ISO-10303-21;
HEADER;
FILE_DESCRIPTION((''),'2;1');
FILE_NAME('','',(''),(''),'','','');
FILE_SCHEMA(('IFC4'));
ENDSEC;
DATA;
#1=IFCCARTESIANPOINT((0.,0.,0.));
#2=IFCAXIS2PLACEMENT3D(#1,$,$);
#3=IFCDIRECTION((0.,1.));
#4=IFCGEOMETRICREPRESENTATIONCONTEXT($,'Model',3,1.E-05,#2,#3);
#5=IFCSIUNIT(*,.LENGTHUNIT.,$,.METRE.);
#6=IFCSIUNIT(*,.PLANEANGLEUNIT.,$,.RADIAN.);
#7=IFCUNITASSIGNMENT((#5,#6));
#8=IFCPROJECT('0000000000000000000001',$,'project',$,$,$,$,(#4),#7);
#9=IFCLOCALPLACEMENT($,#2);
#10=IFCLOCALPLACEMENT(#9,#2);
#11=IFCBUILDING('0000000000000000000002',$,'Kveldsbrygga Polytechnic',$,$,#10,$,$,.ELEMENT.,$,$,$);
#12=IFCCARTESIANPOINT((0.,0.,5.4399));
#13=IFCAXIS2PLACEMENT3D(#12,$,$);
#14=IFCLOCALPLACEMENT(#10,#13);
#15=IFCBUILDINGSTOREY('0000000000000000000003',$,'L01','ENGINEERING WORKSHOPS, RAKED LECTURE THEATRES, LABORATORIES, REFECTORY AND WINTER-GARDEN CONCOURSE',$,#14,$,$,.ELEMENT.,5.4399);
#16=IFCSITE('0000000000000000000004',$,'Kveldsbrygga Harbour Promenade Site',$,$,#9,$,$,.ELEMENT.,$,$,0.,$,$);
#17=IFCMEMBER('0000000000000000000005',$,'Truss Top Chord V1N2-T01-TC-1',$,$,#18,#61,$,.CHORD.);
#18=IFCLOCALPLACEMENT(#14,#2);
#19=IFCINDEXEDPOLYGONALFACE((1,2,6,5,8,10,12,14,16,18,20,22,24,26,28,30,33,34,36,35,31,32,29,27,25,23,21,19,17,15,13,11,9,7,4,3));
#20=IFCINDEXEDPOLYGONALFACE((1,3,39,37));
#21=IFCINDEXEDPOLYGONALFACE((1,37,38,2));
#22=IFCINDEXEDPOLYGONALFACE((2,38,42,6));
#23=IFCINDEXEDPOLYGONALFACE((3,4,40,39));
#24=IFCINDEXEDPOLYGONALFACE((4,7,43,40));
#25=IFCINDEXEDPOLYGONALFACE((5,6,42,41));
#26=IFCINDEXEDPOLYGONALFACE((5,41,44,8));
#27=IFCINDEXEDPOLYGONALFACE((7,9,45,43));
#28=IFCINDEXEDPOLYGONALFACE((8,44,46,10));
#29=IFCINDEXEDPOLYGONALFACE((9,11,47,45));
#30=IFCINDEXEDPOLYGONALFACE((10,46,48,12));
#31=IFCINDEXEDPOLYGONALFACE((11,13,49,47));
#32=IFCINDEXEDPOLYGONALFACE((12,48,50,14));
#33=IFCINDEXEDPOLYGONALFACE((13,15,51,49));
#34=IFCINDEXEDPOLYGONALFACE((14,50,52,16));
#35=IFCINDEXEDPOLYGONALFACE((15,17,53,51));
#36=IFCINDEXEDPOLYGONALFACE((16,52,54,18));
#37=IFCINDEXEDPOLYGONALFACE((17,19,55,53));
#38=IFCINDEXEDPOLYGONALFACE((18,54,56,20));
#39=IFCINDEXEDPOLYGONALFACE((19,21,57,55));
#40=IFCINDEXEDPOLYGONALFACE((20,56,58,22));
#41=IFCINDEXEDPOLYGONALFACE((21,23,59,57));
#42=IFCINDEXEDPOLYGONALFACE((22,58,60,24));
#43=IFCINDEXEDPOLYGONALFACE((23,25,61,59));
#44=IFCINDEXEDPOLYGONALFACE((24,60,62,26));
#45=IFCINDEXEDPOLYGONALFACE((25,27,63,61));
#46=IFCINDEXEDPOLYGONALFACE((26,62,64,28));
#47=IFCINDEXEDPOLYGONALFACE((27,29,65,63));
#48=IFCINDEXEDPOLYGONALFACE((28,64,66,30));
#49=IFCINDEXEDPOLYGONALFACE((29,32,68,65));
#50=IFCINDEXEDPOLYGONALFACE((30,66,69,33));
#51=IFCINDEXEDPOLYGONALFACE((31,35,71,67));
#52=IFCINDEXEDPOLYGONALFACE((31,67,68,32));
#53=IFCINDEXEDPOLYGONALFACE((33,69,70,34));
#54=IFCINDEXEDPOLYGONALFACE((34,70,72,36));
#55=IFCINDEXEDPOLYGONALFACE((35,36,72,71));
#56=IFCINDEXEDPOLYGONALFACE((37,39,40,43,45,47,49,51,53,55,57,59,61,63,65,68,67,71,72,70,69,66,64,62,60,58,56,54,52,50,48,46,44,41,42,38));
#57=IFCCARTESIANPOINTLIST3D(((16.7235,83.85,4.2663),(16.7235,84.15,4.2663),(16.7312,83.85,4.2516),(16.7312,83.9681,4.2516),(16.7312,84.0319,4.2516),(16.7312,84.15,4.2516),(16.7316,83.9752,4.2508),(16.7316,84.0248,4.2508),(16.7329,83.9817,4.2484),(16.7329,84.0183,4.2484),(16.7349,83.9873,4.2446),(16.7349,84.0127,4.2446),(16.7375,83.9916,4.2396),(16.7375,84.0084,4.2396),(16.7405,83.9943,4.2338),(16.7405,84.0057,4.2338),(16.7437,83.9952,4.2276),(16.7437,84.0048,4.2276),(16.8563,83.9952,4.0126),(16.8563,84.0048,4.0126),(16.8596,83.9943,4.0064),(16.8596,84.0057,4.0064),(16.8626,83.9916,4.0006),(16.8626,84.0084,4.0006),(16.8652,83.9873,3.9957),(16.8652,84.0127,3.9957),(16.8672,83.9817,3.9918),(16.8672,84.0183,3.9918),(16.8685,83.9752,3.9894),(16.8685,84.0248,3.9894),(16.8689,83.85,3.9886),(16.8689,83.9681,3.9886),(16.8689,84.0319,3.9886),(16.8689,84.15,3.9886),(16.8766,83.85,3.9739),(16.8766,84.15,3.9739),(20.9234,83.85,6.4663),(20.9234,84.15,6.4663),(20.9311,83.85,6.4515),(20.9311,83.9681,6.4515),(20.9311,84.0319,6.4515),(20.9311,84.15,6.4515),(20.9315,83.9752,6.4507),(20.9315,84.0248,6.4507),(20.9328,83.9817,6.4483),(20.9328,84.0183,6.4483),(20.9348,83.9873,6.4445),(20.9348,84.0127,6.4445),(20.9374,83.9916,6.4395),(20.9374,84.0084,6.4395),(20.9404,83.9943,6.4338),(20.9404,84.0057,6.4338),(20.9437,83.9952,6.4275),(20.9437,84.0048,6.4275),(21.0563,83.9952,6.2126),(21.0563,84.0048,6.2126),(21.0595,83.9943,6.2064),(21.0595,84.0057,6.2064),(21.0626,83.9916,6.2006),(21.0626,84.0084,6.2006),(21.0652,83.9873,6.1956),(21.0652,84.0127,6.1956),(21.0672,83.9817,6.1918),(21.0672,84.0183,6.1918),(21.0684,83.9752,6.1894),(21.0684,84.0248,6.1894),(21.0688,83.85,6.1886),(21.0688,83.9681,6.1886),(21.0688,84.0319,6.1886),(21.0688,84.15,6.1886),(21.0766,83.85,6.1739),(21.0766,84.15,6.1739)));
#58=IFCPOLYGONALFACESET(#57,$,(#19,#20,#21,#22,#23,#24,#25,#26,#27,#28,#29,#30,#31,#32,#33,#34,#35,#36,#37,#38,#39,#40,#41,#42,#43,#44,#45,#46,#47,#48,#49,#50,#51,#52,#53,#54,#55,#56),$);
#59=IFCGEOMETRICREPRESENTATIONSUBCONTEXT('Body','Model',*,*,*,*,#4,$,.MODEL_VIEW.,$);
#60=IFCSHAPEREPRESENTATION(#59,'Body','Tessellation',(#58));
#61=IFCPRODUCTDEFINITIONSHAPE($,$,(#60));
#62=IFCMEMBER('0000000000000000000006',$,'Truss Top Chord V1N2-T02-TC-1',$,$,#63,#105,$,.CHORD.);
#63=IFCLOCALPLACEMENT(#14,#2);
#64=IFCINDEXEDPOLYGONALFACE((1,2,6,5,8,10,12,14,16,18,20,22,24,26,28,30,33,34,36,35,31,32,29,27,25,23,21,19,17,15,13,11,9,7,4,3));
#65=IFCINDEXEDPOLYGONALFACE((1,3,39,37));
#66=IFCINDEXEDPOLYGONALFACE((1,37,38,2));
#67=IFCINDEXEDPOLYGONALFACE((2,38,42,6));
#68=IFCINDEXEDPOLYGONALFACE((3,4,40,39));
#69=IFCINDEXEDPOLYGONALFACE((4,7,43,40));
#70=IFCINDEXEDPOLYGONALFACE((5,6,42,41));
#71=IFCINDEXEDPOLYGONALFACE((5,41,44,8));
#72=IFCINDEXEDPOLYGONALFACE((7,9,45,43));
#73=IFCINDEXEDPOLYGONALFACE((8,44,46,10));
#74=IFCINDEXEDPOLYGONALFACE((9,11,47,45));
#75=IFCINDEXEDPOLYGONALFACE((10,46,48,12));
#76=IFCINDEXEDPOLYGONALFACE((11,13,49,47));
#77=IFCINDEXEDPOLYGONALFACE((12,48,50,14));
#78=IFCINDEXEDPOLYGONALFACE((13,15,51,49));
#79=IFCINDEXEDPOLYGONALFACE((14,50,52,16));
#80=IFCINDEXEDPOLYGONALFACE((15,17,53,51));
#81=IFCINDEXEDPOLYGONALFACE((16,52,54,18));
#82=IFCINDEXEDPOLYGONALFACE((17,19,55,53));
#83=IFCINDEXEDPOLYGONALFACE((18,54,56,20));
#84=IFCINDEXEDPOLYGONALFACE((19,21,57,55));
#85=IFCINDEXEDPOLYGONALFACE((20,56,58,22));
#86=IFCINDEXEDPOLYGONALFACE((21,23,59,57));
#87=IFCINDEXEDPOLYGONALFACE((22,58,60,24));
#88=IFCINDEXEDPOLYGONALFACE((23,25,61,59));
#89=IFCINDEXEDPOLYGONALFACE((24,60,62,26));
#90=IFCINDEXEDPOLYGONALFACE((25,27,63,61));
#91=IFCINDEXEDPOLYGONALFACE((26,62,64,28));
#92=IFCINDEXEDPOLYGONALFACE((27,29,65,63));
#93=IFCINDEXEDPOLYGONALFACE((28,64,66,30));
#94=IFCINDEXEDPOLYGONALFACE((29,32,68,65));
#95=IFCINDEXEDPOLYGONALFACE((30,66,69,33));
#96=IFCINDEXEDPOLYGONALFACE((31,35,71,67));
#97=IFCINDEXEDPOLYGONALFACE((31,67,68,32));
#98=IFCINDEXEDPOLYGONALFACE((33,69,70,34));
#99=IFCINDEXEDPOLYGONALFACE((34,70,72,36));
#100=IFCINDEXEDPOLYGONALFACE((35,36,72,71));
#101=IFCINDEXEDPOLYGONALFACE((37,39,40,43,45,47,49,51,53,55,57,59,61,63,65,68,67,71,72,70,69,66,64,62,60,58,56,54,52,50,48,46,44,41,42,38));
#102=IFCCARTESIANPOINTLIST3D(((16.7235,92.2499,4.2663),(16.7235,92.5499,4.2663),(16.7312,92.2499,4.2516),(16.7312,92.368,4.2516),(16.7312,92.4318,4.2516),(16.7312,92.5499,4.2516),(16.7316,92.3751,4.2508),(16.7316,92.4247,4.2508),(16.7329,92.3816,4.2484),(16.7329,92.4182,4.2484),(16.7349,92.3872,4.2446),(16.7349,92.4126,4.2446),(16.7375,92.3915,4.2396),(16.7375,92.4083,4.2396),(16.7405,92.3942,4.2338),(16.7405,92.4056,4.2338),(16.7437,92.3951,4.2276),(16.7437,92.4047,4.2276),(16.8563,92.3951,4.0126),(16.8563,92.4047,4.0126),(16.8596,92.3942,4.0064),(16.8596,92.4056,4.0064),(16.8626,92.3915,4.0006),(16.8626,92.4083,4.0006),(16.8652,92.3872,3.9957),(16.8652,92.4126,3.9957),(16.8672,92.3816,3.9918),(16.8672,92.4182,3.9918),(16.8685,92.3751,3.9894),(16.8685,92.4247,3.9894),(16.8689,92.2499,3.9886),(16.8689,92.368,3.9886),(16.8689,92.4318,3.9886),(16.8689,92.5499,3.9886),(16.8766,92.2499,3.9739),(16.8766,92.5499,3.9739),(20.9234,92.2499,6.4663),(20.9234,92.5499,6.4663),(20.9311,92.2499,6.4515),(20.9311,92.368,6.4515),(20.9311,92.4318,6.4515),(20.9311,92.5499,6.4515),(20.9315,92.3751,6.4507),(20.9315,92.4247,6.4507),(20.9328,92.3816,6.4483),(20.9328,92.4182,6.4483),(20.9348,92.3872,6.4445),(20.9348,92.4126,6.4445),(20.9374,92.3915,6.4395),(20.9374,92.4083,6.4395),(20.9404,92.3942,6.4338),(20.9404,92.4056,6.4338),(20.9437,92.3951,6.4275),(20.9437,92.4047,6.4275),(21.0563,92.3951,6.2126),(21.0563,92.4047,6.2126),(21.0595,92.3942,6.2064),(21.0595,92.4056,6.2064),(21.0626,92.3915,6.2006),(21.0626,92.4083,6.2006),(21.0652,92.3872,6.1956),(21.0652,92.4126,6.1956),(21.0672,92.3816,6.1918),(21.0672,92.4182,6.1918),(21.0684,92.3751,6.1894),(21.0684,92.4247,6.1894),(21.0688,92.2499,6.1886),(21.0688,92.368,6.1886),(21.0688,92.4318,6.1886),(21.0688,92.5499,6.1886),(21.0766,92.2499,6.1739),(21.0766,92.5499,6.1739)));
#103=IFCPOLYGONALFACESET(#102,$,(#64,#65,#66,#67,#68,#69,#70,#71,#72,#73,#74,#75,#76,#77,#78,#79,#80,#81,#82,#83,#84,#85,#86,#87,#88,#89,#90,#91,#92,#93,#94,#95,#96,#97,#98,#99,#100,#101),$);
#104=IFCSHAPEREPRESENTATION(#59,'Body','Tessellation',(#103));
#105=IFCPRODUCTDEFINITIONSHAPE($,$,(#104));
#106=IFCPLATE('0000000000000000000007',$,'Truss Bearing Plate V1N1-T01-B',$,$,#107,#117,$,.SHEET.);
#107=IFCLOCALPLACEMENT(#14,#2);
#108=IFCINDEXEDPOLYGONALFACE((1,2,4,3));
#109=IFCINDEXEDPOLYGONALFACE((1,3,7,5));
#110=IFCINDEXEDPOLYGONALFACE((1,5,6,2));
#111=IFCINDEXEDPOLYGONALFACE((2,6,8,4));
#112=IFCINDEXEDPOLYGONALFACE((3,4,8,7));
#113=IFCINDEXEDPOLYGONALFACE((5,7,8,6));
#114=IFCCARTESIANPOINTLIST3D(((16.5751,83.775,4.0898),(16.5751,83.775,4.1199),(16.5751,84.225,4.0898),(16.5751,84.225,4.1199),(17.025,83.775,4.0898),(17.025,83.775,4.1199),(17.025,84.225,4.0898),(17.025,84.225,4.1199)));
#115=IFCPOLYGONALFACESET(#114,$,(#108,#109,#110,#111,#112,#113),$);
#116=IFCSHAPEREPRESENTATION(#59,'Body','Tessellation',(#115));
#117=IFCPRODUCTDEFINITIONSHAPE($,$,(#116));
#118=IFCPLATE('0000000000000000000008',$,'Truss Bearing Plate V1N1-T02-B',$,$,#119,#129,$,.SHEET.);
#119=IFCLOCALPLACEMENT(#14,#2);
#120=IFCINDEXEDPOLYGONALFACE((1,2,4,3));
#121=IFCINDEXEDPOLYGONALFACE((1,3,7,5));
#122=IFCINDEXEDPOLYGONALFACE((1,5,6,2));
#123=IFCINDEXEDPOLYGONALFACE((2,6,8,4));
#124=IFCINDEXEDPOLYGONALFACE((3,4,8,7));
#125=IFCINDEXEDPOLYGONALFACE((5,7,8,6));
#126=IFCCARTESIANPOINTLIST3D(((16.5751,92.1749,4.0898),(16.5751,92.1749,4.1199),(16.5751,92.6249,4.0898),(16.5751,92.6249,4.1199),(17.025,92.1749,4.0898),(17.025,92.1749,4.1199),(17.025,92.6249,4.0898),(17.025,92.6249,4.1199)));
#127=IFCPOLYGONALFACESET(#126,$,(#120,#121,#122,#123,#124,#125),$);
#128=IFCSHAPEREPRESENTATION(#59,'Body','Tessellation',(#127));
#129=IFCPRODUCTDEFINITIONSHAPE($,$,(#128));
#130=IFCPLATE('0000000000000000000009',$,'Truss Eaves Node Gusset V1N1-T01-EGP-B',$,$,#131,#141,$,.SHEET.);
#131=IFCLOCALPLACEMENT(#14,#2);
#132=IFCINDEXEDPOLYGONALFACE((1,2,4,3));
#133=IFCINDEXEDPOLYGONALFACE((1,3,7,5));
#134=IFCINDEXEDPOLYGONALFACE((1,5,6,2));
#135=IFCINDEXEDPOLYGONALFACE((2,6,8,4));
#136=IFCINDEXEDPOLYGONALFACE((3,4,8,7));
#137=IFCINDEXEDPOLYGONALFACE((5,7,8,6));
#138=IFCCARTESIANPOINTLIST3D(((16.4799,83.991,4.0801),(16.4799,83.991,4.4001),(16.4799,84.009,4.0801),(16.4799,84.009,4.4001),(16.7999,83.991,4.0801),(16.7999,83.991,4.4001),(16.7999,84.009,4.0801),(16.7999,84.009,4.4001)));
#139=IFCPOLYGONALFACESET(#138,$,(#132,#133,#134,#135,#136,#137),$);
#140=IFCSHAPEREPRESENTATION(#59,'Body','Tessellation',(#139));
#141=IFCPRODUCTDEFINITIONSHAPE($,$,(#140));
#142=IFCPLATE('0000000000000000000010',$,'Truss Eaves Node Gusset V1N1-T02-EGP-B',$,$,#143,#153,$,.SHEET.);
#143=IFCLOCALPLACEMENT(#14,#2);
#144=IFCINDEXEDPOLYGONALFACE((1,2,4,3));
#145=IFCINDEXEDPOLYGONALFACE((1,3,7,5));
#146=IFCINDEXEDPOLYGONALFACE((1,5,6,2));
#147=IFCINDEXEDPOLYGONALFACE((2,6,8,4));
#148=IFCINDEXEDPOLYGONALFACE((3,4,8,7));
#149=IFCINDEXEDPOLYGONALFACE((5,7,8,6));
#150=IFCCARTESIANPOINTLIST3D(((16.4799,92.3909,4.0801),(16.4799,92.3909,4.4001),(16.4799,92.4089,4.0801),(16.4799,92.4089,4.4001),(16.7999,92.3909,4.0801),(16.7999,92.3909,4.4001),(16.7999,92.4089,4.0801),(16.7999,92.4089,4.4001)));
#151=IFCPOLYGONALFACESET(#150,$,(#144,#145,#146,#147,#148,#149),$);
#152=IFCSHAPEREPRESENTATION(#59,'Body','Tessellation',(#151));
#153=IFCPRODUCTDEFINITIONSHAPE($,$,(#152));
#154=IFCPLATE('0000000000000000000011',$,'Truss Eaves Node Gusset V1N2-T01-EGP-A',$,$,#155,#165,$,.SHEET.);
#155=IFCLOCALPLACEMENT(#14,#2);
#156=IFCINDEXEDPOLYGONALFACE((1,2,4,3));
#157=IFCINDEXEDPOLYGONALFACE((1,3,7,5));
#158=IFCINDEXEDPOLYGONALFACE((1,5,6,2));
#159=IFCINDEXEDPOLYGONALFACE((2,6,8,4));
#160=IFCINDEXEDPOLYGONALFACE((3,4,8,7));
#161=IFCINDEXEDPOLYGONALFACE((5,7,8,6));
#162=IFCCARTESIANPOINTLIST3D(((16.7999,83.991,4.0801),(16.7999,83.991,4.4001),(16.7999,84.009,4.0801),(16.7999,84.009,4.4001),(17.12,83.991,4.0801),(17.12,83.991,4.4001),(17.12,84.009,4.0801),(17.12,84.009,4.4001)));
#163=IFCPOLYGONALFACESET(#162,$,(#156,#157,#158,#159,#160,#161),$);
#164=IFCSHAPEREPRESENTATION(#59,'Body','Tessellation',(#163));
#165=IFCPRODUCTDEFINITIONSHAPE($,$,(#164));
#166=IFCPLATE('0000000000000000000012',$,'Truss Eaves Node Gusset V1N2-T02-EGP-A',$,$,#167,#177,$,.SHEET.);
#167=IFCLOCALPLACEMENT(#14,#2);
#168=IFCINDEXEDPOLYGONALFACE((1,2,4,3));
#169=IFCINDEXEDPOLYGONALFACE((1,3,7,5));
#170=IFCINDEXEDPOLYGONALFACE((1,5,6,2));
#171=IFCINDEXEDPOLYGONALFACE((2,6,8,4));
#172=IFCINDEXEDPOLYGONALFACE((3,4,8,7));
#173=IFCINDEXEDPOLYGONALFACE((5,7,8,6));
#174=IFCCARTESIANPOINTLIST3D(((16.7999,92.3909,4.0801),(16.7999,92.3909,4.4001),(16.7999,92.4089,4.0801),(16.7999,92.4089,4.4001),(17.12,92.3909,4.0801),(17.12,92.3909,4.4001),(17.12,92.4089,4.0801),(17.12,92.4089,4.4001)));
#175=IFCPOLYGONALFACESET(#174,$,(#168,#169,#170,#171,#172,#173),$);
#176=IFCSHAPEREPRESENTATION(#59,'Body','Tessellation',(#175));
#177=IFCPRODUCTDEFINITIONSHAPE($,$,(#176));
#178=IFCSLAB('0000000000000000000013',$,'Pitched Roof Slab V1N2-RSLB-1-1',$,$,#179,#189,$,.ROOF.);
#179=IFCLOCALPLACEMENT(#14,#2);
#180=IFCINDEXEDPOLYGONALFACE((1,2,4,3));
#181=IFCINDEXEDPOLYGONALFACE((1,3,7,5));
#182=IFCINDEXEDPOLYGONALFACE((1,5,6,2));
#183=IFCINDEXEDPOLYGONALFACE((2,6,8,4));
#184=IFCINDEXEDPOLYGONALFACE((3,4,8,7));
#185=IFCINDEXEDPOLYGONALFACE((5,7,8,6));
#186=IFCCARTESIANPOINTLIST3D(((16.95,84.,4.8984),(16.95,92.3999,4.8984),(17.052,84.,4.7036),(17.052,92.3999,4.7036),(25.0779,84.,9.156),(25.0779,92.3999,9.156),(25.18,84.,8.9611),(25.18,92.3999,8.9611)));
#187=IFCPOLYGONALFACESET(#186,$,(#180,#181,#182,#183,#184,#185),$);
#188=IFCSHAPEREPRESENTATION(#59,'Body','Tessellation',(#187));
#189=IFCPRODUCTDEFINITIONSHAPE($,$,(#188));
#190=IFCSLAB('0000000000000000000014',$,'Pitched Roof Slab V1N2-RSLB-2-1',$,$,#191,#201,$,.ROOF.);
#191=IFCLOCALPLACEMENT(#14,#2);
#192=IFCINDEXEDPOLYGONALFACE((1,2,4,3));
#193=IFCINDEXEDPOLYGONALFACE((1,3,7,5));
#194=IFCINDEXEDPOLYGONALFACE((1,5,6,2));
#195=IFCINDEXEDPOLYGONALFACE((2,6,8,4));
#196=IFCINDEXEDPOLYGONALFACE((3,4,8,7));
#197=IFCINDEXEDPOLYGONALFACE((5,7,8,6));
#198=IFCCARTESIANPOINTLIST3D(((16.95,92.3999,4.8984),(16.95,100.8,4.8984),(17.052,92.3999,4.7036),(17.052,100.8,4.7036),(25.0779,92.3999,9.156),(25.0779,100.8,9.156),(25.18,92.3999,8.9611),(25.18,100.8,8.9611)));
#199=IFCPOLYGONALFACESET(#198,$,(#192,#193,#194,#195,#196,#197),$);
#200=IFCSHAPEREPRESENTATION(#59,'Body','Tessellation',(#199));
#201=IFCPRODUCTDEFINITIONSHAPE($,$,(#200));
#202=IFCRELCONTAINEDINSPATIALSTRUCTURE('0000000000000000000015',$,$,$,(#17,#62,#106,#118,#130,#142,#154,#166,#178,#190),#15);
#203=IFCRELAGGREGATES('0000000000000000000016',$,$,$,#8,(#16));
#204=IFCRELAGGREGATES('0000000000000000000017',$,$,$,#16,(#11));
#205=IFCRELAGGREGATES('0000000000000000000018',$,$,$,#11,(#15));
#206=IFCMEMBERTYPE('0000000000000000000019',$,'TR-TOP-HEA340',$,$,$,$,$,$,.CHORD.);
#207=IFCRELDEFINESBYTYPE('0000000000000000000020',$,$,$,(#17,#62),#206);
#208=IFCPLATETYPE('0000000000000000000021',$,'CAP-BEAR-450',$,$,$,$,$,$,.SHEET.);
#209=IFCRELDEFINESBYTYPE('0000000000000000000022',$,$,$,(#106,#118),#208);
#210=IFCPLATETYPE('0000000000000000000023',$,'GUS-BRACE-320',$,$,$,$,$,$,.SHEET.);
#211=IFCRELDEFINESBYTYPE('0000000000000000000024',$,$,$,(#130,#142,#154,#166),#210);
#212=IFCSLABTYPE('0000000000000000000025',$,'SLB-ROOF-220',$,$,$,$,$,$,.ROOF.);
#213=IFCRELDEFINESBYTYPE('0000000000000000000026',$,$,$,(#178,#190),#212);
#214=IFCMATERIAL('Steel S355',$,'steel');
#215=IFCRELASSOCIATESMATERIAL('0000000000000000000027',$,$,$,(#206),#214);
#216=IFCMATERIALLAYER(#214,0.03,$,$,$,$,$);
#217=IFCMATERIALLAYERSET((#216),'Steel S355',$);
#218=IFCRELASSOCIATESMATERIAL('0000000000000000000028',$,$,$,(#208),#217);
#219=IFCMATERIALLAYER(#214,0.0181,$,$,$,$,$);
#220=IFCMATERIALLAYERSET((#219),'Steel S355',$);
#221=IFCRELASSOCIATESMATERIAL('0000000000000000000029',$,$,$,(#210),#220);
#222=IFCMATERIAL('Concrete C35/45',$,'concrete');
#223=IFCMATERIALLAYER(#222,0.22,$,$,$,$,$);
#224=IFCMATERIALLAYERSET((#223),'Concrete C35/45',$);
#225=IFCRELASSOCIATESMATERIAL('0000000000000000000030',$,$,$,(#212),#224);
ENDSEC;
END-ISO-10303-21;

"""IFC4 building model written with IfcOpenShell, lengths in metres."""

from ifc_helpers import new_model, si_unit, direction, frame, origin, origin_2d, place, context, subcontext, project, spatial, polyline, rectangle, i_section, outline, extrude, material, layer, layer_set, material_profile, profile_set, type_object, element, save


model = new_model("IFC4")

# Units and contexts
model_context = context("Model", 3, precision=1e-05, world=origin(), true_north=direction((0.0, 1.0)))
body_context = subcontext(model_context, "Body", "Model", "MODEL_VIEW")
ifc_project = project(units=[si_unit("LENGTHUNIT", "METRE"), si_unit("PLANEANGLEUNIT", "RADIAN")], contexts=[model_context])

# Site, building, storey
site_placement = place(None, origin())
site = spatial("IfcSite", under=ifc_project, at=site_placement, Name="Kveldsbrygga Harbour Promenade Site", CompositionType="ELEMENT", RefElevation=0.0)
building_placement = place(site_placement, origin())
building = spatial("IfcBuilding", under=site, at=building_placement, Name="Kveldsbrygga Polytechnic", CompositionType="ELEMENT")
storey_placement = place(building_placement, frame((0.0, 0.0, 5.4399)))
storey = spatial("IfcBuildingStorey", under=building, at=storey_placement, Name="L01", Description="ENGINEERING WORKSHOPS, RAKED LECTURE THEATRES, LABORATORIES, REFECTORY AND WINTER-GARDEN CONCOURSE", CompositionType="ELEMENT", Elevation=5.4399)

# Shared definitions
ifc_material_1 = material(Name="Steel S355", Category="steel")

# Members
ifc_material_profile_1 = material_profile(ifc_material_1, i_section(OverallWidth=0.3, OverallDepth=0.3301, WebThickness=0.0095, FlangeThickness=0.0166, FilletRadius=0.0271, at=origin_2d()), Name="HEA 340")
ifc_profile_set_1 = profile_set([ifc_material_profile_1], Name="Steel S355")
member_type_1 = type_object("IfcMemberType", Name="TR-TOP-HEA340", PredefinedType="CHORD", material=ifc_profile_set_1)
for number, where, z_axis, x_axis, name in (
    (1, (16.8, 84.0, 4.1201), (0.885834, 0.0, 0.464003), (0.0, 1.0, 0.0), "Truss Top Chord V1N2-T01-TC-1"),
    (2, (16.8, 92.3999, 4.1201), (0.885834, 0.0, 0.464003), (0.0, 1.0, 0.0), "Truss Top Chord V1N2-T02-TC-1"),
):
    element("IfcMember", number, at=place(storey_placement, frame(where, z_axis=z_axis, x_axis=x_axis)), inside=storey, type_object=member_type_1, Name=name, PredefinedType="CHORD", context=body_context, shape_type="SweptSolid", body=[
        extrude(i_section(OverallWidth=0.3, OverallDepth=0.3301, WebThickness=0.0095, FlangeThickness=0.0166, FilletRadius=0.0271, at=origin_2d()), origin(), (0.0, 0.0, 1.0), 4.7412),
    ])

# Plates
ifc_layer_1 = layer(ifc_material_1, 0.03)
ifc_layer_set_1 = layer_set([ifc_layer_1], Name="Steel S355")
plate_type_1 = type_object("IfcPlateType", Name="CAP-BEAR-450", PredefinedType="SHEET", material=ifc_layer_set_1)
for number, where, z_axis, x_axis, name in (
    (3, (16.8, 84.0, 4.0898), (0.0, 0.0, 1.0), (1.0, 0.0, 0.0), "Truss Bearing Plate V1N1-T01-B"),
    (4, (16.8, 92.3999, 4.0898), (0.0, 0.0, 1.0), (1.0, 0.0, 0.0), "Truss Bearing Plate V1N1-T02-B"),
):
    element("IfcPlate", number, at=place(storey_placement, frame(where, z_axis=z_axis, x_axis=x_axis)), inside=storey, type_object=plate_type_1, Name=name, PredefinedType="SHEET", context=body_context, shape_type="SweptSolid", body=[
        extrude(rectangle(XDim=0.45, YDim=0.45, at=origin_2d()), origin(), (0.0, 0.0, 1.0), 0.03),
    ])
ifc_layer_2 = layer(ifc_material_1, 0.0181)
ifc_layer_set_2 = layer_set([ifc_layer_2], Name="Steel S355")
plate_type_2 = type_object("IfcPlateType", Name="GUS-BRACE-320", PredefinedType="SHEET", material=ifc_layer_set_2)
for number, where, z_axis, x_axis, name in (
    (5, (16.6399, 84.0, 4.0801), (0.0, 0.0, 1.0), (1.0, 0.0, 0.0), "Truss Eaves Node Gusset V1N1-T01-EGP-B"),
    (6, (16.6399, 92.3999, 4.0801), (0.0, 0.0, 1.0), (1.0, 0.0, 0.0), "Truss Eaves Node Gusset V1N1-T02-EGP-B"),
    (7, (16.96, 84.0, 4.0801), (0.0, 0.0, 1.0), (1.0, 0.0, 0.0), "Truss Eaves Node Gusset V1N2-T01-EGP-A"),
    (8, (16.96, 92.3999, 4.0801), (0.0, 0.0, 1.0), (1.0, 0.0, 0.0), "Truss Eaves Node Gusset V1N2-T02-EGP-A"),
):
    element("IfcPlate", number, at=place(storey_placement, frame(where, z_axis=z_axis, x_axis=x_axis)), inside=storey, type_object=plate_type_2, Name=name, PredefinedType="SHEET", context=body_context, shape_type="SweptSolid", body=[
        extrude(rectangle(XDim=0.3201, YDim=0.0181, at=origin_2d()), origin(), (0.0, 0.0, 1.0), 0.3201),
    ])

# Slabs
ifc_material_2 = material(Name="Concrete C35/45", Category="concrete")
ifc_layer_3 = layer(ifc_material_2, 0.22)
ifc_layer_set_3 = layer_set([ifc_layer_3], Name="Concrete C35/45")
slab_type = type_object("IfcSlabType", Name="SLB-ROOF-220", PredefinedType="ROOF", material=ifc_layer_set_3)
slab_1_placement = place(storey_placement, frame((16.95, 84.0, 4.8984), z_axis=(-0.464014, 0.0, 0.885828), x_axis=(0.885828, 0.0, 0.464014)))
element("IfcSlab", 9, at=slab_1_placement, inside=storey, type_object=slab_type, Name="Pitched Roof Slab V1N2-RSLB-1-1", PredefinedType="ROOF", context=body_context, shape_type="SweptSolid", body=[
    extrude(outline(polyline([(0.0, 0.0), (9.1755, 0.0), (9.1755, 8.3999), (0.0, 8.3999), (0.0, 0.0)])), origin(), (0.0, 0.0, -1.0), 0.22),
])
slab_2_placement = place(storey_placement, frame((16.95, 92.3999, 4.8984), z_axis=(-0.464014, 0.0, 0.885828), x_axis=(0.885828, 0.0, 0.464014)))
element("IfcSlab", 10, at=slab_2_placement, inside=storey, type_object=slab_type, Name="Pitched Roof Slab V1N2-RSLB-2-1", PredefinedType="ROOF", context=body_context, shape_type="SweptSolid", body=[
    extrude(outline(polyline([(0.0, 0.0), (9.1755, 0.0), (9.1755, 8.4001), (0.0, 8.4001), (0.0, 0.0)])), origin(), (0.0, 0.0, -1.0), 0.22),
])

save(model, "model.ifc")
